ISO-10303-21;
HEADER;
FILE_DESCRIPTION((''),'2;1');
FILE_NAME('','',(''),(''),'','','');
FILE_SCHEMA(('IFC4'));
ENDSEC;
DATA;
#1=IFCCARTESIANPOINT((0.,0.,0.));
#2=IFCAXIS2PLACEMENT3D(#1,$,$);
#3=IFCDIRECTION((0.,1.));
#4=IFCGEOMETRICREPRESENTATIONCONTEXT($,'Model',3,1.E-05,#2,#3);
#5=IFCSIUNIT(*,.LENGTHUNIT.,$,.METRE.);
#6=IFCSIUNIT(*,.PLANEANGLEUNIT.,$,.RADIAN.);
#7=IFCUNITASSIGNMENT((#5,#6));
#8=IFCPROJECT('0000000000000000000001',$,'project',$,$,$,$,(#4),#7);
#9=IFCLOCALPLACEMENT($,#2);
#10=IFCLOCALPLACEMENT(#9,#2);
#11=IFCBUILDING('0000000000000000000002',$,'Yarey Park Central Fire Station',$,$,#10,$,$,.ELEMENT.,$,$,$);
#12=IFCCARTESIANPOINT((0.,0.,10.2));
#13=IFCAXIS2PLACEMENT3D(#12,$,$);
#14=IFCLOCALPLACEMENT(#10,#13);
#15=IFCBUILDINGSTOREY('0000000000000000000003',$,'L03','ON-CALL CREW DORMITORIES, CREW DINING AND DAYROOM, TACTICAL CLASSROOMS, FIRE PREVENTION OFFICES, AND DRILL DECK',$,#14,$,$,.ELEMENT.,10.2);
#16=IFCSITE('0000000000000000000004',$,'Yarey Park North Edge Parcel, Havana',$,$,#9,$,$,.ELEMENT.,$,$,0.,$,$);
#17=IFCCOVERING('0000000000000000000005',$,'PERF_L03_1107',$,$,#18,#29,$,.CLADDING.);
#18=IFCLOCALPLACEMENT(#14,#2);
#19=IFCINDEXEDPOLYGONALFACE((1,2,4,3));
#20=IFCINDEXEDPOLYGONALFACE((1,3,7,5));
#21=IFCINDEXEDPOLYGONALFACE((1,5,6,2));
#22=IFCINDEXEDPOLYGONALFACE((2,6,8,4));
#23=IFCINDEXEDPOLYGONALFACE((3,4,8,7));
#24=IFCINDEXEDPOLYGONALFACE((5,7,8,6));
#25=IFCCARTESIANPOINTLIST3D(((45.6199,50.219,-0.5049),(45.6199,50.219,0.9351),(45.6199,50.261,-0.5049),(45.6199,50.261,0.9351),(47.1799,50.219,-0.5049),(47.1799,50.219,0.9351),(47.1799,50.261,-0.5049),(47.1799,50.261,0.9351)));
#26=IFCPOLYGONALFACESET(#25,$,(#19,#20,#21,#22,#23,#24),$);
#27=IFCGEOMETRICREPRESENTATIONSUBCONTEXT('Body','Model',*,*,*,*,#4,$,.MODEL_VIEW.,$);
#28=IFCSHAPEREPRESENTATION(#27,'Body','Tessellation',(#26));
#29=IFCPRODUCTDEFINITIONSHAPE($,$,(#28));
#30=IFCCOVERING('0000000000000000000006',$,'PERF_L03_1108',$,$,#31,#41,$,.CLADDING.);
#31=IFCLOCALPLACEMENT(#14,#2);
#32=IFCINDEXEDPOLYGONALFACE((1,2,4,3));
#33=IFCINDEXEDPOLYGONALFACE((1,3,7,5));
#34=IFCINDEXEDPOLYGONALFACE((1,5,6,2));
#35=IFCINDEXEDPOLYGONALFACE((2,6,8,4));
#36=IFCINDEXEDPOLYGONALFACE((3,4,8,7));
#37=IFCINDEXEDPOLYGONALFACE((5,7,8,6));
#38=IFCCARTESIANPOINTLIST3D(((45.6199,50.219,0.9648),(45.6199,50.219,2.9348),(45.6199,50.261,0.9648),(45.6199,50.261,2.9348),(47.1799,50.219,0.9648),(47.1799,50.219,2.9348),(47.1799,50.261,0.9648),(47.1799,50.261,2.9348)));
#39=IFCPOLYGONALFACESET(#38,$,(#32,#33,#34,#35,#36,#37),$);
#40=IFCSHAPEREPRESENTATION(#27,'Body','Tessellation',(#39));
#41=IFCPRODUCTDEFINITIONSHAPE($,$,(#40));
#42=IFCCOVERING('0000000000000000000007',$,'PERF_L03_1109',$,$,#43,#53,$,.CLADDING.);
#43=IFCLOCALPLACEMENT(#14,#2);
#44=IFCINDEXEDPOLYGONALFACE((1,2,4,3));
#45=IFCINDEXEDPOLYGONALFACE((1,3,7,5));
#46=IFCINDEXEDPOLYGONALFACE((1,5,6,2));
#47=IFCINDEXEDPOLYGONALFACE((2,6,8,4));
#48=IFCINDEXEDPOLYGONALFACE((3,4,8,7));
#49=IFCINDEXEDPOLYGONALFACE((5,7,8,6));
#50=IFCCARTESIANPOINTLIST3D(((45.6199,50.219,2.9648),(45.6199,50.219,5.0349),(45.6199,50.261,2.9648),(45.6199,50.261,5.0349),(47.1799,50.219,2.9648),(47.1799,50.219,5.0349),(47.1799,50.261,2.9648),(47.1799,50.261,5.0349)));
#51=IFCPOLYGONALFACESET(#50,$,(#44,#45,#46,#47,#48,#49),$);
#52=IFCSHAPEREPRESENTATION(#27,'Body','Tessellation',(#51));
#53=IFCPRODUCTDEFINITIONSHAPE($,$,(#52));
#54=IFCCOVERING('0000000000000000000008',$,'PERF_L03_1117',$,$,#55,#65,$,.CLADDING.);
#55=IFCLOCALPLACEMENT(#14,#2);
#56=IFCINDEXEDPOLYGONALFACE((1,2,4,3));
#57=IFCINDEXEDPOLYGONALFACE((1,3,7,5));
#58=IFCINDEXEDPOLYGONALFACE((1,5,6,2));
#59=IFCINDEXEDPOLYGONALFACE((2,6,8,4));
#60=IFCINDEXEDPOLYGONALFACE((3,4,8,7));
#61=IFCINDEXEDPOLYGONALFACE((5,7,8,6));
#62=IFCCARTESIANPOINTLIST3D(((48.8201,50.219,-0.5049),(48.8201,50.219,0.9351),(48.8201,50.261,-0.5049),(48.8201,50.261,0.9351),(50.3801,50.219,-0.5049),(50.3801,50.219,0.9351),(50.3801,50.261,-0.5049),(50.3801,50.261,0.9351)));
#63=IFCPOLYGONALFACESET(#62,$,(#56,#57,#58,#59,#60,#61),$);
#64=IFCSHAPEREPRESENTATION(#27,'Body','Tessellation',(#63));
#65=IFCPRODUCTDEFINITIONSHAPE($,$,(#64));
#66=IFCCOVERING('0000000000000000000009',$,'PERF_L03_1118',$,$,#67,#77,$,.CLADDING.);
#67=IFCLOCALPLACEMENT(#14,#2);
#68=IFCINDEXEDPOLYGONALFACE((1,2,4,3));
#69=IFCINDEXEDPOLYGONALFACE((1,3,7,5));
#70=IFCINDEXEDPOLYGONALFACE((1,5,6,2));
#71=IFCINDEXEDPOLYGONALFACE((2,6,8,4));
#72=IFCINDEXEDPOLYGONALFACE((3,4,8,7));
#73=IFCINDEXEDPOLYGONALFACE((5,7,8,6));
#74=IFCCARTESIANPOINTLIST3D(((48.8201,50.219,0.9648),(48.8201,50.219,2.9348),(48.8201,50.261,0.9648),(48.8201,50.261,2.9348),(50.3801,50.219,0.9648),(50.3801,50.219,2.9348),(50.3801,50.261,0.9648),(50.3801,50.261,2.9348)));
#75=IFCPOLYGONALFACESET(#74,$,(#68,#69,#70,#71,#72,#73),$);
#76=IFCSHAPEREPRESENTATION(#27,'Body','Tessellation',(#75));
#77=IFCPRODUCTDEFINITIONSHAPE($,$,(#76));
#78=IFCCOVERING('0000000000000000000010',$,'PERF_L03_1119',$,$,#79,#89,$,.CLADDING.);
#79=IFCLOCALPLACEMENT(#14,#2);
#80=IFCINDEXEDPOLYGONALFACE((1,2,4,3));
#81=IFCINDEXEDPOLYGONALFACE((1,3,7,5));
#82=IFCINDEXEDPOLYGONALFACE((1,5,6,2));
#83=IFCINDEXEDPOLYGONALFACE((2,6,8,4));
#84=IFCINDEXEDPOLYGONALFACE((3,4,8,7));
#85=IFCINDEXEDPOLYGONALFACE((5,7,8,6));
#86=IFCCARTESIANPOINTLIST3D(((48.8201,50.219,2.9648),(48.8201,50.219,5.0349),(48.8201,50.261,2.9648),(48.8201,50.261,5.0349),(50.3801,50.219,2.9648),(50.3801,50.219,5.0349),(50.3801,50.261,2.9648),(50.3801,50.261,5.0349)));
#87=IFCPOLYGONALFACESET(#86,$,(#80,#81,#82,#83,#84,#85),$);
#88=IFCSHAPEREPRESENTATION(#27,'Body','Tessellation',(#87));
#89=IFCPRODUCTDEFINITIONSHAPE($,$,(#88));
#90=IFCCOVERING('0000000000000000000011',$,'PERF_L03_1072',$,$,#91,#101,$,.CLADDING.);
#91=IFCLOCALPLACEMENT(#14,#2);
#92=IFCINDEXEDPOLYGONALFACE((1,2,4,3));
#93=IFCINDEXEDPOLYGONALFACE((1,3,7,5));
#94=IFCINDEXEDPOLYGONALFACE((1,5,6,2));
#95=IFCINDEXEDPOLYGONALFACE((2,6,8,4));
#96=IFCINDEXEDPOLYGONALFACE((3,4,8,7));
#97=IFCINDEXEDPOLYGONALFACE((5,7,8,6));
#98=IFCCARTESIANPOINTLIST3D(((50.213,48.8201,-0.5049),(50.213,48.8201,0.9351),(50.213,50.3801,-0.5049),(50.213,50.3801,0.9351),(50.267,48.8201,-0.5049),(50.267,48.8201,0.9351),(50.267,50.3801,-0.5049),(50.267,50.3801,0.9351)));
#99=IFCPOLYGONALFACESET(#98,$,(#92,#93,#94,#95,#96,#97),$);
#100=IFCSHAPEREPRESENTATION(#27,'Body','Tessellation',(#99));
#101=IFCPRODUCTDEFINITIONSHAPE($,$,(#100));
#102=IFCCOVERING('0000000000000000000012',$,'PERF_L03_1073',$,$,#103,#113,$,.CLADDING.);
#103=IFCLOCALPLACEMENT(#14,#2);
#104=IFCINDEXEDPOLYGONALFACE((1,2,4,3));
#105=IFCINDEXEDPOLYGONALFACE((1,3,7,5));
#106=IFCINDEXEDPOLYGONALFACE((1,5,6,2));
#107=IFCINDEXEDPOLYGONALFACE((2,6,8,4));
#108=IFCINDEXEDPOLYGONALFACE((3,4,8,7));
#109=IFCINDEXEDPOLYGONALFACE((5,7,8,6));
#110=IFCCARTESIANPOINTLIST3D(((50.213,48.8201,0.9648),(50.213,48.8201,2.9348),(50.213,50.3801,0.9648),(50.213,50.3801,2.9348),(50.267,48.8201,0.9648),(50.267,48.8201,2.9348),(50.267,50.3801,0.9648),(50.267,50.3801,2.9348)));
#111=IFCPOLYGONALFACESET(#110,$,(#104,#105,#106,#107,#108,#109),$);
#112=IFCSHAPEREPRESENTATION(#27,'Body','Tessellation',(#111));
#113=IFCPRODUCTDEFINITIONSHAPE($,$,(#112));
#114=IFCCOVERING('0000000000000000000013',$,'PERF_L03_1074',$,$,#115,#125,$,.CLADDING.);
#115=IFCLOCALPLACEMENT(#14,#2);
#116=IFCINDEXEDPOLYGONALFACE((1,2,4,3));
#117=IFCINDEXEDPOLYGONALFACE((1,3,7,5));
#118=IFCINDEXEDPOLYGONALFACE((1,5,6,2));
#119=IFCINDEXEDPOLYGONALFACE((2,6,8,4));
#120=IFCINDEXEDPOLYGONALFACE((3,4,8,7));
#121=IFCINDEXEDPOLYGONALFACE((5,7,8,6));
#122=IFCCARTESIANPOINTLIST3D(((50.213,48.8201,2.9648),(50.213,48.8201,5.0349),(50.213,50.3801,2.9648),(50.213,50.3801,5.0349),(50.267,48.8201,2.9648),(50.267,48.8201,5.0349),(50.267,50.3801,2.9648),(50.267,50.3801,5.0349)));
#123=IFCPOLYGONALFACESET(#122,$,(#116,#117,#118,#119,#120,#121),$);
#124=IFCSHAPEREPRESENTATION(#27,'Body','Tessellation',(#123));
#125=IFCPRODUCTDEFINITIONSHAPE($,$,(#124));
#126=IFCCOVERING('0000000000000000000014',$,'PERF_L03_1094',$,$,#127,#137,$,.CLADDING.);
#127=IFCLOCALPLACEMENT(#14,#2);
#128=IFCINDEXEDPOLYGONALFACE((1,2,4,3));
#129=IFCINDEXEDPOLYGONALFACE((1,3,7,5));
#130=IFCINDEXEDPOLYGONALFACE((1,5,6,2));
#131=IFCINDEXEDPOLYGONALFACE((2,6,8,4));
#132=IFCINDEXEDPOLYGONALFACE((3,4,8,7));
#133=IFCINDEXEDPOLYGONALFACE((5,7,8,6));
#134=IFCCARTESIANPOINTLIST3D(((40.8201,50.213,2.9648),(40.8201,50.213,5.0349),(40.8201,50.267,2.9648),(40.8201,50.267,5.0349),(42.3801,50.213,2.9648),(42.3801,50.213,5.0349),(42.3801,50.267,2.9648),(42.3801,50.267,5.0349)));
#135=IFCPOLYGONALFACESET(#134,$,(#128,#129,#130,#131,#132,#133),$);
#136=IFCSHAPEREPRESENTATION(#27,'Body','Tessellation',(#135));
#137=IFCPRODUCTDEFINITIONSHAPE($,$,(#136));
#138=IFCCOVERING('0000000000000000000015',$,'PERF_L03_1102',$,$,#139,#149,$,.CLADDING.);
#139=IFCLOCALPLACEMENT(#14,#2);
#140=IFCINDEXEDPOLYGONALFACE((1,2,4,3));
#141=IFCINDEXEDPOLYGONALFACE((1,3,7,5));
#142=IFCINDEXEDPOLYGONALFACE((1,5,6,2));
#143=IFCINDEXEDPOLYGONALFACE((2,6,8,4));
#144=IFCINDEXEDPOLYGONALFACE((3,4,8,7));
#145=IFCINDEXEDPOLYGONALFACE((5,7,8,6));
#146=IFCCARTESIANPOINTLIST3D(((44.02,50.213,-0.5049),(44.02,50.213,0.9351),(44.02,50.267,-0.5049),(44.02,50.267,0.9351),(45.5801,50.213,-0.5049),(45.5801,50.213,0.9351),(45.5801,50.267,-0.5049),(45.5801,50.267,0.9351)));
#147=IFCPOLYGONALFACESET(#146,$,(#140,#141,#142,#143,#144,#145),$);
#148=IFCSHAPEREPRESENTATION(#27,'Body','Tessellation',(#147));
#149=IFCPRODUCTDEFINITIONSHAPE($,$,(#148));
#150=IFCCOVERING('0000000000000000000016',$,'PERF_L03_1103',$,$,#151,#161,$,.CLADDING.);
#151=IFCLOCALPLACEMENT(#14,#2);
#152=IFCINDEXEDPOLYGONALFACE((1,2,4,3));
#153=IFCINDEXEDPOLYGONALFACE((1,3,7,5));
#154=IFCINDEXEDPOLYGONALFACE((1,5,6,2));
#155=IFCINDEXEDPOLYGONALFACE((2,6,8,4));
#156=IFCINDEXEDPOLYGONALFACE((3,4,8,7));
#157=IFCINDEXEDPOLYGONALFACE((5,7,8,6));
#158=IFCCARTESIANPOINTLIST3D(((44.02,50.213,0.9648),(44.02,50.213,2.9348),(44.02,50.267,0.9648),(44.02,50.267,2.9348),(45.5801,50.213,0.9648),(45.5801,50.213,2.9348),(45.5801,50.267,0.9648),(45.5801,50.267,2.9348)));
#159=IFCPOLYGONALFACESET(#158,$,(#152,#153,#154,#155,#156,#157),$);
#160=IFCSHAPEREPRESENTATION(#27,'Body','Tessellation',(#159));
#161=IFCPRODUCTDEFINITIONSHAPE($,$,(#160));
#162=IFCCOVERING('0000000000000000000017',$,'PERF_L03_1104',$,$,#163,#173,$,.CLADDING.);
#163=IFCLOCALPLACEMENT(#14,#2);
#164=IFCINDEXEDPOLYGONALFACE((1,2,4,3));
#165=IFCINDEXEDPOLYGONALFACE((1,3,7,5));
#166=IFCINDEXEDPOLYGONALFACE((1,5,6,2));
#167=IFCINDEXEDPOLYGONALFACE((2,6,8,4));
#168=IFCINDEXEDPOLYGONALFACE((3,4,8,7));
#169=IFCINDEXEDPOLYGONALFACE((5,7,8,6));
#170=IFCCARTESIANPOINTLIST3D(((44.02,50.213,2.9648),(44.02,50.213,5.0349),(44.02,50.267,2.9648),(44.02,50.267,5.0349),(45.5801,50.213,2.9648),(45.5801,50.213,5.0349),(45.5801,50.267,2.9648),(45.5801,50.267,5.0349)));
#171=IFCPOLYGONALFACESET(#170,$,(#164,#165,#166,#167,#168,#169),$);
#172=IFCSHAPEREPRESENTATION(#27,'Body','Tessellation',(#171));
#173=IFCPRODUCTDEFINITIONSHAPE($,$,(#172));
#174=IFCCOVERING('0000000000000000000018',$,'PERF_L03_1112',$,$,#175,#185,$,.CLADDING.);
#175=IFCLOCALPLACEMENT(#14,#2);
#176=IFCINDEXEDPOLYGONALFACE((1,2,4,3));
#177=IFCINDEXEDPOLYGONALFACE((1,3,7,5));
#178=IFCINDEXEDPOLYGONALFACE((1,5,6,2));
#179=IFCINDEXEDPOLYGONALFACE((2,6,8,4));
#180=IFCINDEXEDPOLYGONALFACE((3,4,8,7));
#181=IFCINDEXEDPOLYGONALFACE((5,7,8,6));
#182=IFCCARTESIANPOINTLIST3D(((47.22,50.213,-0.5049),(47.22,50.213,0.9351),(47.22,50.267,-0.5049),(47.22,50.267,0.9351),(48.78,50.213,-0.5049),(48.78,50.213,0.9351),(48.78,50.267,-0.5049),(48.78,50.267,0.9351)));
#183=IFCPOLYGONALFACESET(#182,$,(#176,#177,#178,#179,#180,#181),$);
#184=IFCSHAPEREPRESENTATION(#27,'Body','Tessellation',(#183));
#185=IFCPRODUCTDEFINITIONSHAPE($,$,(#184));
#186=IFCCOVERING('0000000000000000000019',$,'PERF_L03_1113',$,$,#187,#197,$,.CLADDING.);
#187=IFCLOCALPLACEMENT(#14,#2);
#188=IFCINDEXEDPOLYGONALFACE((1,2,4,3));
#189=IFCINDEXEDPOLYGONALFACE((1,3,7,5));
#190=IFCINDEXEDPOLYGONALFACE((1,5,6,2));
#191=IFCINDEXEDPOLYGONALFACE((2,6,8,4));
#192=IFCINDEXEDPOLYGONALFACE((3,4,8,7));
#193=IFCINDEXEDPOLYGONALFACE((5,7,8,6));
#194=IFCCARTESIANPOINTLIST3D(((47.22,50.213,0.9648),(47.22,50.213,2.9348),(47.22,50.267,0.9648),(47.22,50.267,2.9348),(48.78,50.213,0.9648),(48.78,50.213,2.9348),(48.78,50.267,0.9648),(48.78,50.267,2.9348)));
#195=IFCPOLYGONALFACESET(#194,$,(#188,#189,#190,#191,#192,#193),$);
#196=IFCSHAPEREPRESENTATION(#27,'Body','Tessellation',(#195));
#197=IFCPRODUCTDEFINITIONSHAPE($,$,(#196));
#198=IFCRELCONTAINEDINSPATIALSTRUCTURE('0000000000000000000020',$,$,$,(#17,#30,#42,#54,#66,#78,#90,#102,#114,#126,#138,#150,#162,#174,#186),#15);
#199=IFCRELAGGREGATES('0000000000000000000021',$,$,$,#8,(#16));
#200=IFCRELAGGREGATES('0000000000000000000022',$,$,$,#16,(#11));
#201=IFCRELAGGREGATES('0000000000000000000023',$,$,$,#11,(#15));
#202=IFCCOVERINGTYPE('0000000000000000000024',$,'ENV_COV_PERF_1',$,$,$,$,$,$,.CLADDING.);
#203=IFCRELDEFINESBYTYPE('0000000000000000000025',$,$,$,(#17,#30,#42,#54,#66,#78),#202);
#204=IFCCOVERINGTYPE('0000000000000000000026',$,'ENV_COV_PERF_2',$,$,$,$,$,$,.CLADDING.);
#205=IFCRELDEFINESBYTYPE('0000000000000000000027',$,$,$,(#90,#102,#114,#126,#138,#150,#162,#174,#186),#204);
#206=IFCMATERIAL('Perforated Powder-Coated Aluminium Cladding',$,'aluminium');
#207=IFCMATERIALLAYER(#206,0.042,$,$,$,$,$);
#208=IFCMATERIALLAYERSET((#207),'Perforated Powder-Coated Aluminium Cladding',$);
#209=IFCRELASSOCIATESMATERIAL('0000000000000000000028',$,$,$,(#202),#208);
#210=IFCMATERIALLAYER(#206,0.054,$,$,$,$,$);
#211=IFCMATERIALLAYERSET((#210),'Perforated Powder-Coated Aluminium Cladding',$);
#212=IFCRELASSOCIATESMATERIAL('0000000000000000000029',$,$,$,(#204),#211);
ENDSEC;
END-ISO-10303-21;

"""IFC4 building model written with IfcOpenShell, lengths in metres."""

from ifc_helpers import new_model, si_unit, direction, frame, origin, origin_2d, place, context, subcontext, project, spatial, rectangle, extrude, material, layer, layer_set, type_object, element, save


model = new_model("IFC4")

# Units and contexts
model_context = context("Model", 3, precision=1e-05, world=origin(), true_north=direction((0.0, 1.0)))
body_context = subcontext(model_context, "Body", "Model", "MODEL_VIEW")
ifc_project = project(units=[si_unit("LENGTHUNIT", "METRE"), si_unit("PLANEANGLEUNIT", "RADIAN")], contexts=[model_context])

# Site, building, storey
site_placement = place(None, origin())
site = spatial("IfcSite", under=ifc_project, at=site_placement, Name="Yarey Park North Edge Parcel, Havana", CompositionType="ELEMENT", RefElevation=0.0)
building_placement = place(site_placement, origin())
building = spatial("IfcBuilding", under=site, at=building_placement, Name="Yarey Park Central Fire Station", CompositionType="ELEMENT")
storey_placement = place(building_placement, frame((0.0, 0.0, 10.2)))
storey = spatial("IfcBuildingStorey", under=building, at=storey_placement, Name="L03", Description="ON-CALL CREW DORMITORIES, CREW DINING AND DAYROOM, TACTICAL CLASSROOMS, FIRE PREVENTION OFFICES, AND DRILL DECK", CompositionType="ELEMENT", Elevation=10.2)

# Coverings
ifc_material_1 = material(Name="Perforated Powder-Coated Aluminium Cladding", Category="aluminium")
ifc_layer_1 = layer(ifc_material_1, 0.042)
ifc_layer_set_1 = layer_set([ifc_layer_1], Name="Perforated Powder-Coated Aluminium Cladding")
covering_type_1 = type_object("IfcCoveringType", Name="ENV_COV_PERF_1", PredefinedType="CLADDING", material=ifc_layer_set_1)
covering_1_placement = place(storey_placement, frame((46.3999, 50.24, -0.5049), z_axis=(0.0, 0.0, 1.0), x_axis=(1.0, 0.0, 0.0)))
element("IfcCovering", 1, at=covering_1_placement, inside=storey, type_object=covering_type_1, Name="PERF_L03_1107", PredefinedType="CLADDING", context=body_context, shape_type="SweptSolid", body=[
    extrude(rectangle(XDim=1.5601, YDim=0.042, at=origin_2d()), origin(), (0.0, 0.0, 1.0), 1.4399),
])
covering_2_placement = place(storey_placement, frame((46.3999, 50.24, 0.9648), z_axis=(0.0, 0.0, 1.0), x_axis=(1.0, 0.0, 0.0)))
element("IfcCovering", 2, at=covering_2_placement, inside=storey, type_object=covering_type_1, Name="PERF_L03_1108", PredefinedType="CLADDING", context=body_context, shape_type="SweptSolid", body=[
    extrude(rectangle(XDim=1.5601, YDim=0.042, at=origin_2d()), origin(), (0.0, 0.0, 1.0), 1.97),
])
covering_3_placement = place(storey_placement, frame((46.3999, 50.24, 2.9648), z_axis=(0.0, 0.0, 1.0), x_axis=(1.0, 0.0, 0.0)))
element("IfcCovering", 3, at=covering_3_placement, inside=storey, type_object=covering_type_1, Name="PERF_L03_1109", PredefinedType="CLADDING", context=body_context, shape_type="SweptSolid", body=[
    extrude(rectangle(XDim=1.5601, YDim=0.042, at=origin_2d()), origin(), (0.0, 0.0, 1.0), 2.0701),
])
covering_4_placement = place(storey_placement, frame((49.6001, 50.24, -0.5049), z_axis=(0.0, 0.0, 1.0), x_axis=(1.0, 0.0, 0.0)))
element("IfcCovering", 4, at=covering_4_placement, inside=storey, type_object=covering_type_1, Name="PERF_L03_1117", PredefinedType="CLADDING", context=body_context, shape_type="SweptSolid", body=[
    extrude(rectangle(XDim=1.5601, YDim=0.042, at=origin_2d()), origin(), (0.0, 0.0, 1.0), 1.4399),
])
covering_5_placement = place(storey_placement, frame((49.6001, 50.24, 0.9648), z_axis=(0.0, 0.0, 1.0), x_axis=(1.0, 0.0, 0.0)))
element("IfcCovering", 5, at=covering_5_placement, inside=storey, type_object=covering_type_1, Name="PERF_L03_1118", PredefinedType="CLADDING", context=body_context, shape_type="SweptSolid", body=[
    extrude(rectangle(XDim=1.5601, YDim=0.042, at=origin_2d()), origin(), (0.0, 0.0, 1.0), 1.97),
])
covering_6_placement = place(storey_placement, frame((49.6001, 50.24, 2.9648), z_axis=(0.0, 0.0, 1.0), x_axis=(1.0, 0.0, 0.0)))
element("IfcCovering", 6, at=covering_6_placement, inside=storey, type_object=covering_type_1, Name="PERF_L03_1119", PredefinedType="CLADDING", context=body_context, shape_type="SweptSolid", body=[
    extrude(rectangle(XDim=1.5601, YDim=0.042, at=origin_2d()), origin(), (0.0, 0.0, 1.0), 2.0701),
])
ifc_layer_2 = layer(ifc_material_1, 0.054)
ifc_layer_set_2 = layer_set([ifc_layer_2], Name="Perforated Powder-Coated Aluminium Cladding")
covering_type_2 = type_object("IfcCoveringType", Name="ENV_COV_PERF_2", PredefinedType="CLADDING", material=ifc_layer_set_2)
covering_7_placement = place(storey_placement, frame((50.24, 49.6001, -0.5049), z_axis=(0.0, 0.0, 1.0), x_axis=(0.0, 1.0, 0.0)))
element("IfcCovering", 7, at=covering_7_placement, inside=storey, type_object=covering_type_2, Name="PERF_L03_1072", PredefinedType="CLADDING", context=body_context, shape_type="SweptSolid", body=[
    extrude(rectangle(XDim=1.5601, YDim=0.054, at=origin_2d()), origin(), (0.0, 0.0, 1.0), 1.4399),
])
covering_8_placement = place(storey_placement, frame((50.24, 49.6001, 0.9648), z_axis=(0.0, 0.0, 1.0), x_axis=(0.0, 1.0, 0.0)))
element("IfcCovering", 8, at=covering_8_placement, inside=storey, type_object=covering_type_2, Name="PERF_L03_1073", PredefinedType="CLADDING", context=body_context, shape_type="SweptSolid", body=[
    extrude(rectangle(XDim=1.5601, YDim=0.054, at=origin_2d()), origin(), (0.0, 0.0, 1.0), 1.97),
])
for number, where, z_axis, x_axis, name in (
    (9, (50.24, 49.6001, 2.9648), (0.0, 0.0, 1.0), (0.0, 1.0, 0.0), "PERF_L03_1074"),
    (10, (41.6001, 50.24, 2.9648), (0.0, 0.0, 1.0), (1.0, 0.0, 0.0), "PERF_L03_1094"),
):
    element("IfcCovering", number, at=place(storey_placement, frame(where, z_axis=z_axis, x_axis=x_axis)), inside=storey, type_object=covering_type_2, Name=name, PredefinedType="CLADDING", context=body_context, shape_type="SweptSolid", body=[
        extrude(rectangle(XDim=1.5601, YDim=0.054, at=origin_2d()), origin(), (0.0, 0.0, 1.0), 2.0701),
    ])
covering_9_placement = place(storey_placement, frame((44.8, 50.24, -0.5049), z_axis=(0.0, 0.0, 1.0), x_axis=(1.0, 0.0, 0.0)))
element("IfcCovering", 11, at=covering_9_placement, inside=storey, type_object=covering_type_2, Name="PERF_L03_1102", PredefinedType="CLADDING", context=body_context, shape_type="SweptSolid", body=[
    extrude(rectangle(XDim=1.5601, YDim=0.054, at=origin_2d()), origin(), (0.0, 0.0, 1.0), 1.4399),
])
covering_10_placement = place(storey_placement, frame((44.8, 50.24, 0.9648), z_axis=(0.0, 0.0, 1.0), x_axis=(1.0, 0.0, 0.0)))
element("IfcCovering", 12, at=covering_10_placement, inside=storey, type_object=covering_type_2, Name="PERF_L03_1103", PredefinedType="CLADDING", context=body_context, shape_type="SweptSolid", body=[
    extrude(rectangle(XDim=1.5601, YDim=0.054, at=origin_2d()), origin(), (0.0, 0.0, 1.0), 1.97),
])
covering_11_placement = place(storey_placement, frame((44.8, 50.24, 2.9648), z_axis=(0.0, 0.0, 1.0), x_axis=(1.0, 0.0, 0.0)))
element("IfcCovering", 13, at=covering_11_placement, inside=storey, type_object=covering_type_2, Name="PERF_L03_1104", PredefinedType="CLADDING", context=body_context, shape_type="SweptSolid", body=[
    extrude(rectangle(XDim=1.5601, YDim=0.054, at=origin_2d()), origin(), (0.0, 0.0, 1.0), 2.0701),
])
covering_12_placement = place(storey_placement, frame((48.0, 50.24, -0.5049), z_axis=(0.0, 0.0, 1.0), x_axis=(1.0, 0.0, 0.0)))
element("IfcCovering", 14, at=covering_12_placement, inside=storey, type_object=covering_type_2, Name="PERF_L03_1112", PredefinedType="CLADDING", context=body_context, shape_type="SweptSolid", body=[
    extrude(rectangle(XDim=1.5601, YDim=0.054, at=origin_2d()), origin(), (0.0, 0.0, 1.0), 1.4399),
])
covering_13_placement = place(storey_placement, frame((48.0, 50.24, 0.9648), z_axis=(0.0, 0.0, 1.0), x_axis=(1.0, 0.0, 0.0)))
element("IfcCovering", 15, at=covering_13_placement, inside=storey, type_object=covering_type_2, Name="PERF_L03_1113", PredefinedType="CLADDING", context=body_context, shape_type="SweptSolid", body=[
    extrude(rectangle(XDim=1.5601, YDim=0.054, at=origin_2d()), origin(), (0.0, 0.0, 1.0), 1.97),
])

save(model, "model.ifc")
